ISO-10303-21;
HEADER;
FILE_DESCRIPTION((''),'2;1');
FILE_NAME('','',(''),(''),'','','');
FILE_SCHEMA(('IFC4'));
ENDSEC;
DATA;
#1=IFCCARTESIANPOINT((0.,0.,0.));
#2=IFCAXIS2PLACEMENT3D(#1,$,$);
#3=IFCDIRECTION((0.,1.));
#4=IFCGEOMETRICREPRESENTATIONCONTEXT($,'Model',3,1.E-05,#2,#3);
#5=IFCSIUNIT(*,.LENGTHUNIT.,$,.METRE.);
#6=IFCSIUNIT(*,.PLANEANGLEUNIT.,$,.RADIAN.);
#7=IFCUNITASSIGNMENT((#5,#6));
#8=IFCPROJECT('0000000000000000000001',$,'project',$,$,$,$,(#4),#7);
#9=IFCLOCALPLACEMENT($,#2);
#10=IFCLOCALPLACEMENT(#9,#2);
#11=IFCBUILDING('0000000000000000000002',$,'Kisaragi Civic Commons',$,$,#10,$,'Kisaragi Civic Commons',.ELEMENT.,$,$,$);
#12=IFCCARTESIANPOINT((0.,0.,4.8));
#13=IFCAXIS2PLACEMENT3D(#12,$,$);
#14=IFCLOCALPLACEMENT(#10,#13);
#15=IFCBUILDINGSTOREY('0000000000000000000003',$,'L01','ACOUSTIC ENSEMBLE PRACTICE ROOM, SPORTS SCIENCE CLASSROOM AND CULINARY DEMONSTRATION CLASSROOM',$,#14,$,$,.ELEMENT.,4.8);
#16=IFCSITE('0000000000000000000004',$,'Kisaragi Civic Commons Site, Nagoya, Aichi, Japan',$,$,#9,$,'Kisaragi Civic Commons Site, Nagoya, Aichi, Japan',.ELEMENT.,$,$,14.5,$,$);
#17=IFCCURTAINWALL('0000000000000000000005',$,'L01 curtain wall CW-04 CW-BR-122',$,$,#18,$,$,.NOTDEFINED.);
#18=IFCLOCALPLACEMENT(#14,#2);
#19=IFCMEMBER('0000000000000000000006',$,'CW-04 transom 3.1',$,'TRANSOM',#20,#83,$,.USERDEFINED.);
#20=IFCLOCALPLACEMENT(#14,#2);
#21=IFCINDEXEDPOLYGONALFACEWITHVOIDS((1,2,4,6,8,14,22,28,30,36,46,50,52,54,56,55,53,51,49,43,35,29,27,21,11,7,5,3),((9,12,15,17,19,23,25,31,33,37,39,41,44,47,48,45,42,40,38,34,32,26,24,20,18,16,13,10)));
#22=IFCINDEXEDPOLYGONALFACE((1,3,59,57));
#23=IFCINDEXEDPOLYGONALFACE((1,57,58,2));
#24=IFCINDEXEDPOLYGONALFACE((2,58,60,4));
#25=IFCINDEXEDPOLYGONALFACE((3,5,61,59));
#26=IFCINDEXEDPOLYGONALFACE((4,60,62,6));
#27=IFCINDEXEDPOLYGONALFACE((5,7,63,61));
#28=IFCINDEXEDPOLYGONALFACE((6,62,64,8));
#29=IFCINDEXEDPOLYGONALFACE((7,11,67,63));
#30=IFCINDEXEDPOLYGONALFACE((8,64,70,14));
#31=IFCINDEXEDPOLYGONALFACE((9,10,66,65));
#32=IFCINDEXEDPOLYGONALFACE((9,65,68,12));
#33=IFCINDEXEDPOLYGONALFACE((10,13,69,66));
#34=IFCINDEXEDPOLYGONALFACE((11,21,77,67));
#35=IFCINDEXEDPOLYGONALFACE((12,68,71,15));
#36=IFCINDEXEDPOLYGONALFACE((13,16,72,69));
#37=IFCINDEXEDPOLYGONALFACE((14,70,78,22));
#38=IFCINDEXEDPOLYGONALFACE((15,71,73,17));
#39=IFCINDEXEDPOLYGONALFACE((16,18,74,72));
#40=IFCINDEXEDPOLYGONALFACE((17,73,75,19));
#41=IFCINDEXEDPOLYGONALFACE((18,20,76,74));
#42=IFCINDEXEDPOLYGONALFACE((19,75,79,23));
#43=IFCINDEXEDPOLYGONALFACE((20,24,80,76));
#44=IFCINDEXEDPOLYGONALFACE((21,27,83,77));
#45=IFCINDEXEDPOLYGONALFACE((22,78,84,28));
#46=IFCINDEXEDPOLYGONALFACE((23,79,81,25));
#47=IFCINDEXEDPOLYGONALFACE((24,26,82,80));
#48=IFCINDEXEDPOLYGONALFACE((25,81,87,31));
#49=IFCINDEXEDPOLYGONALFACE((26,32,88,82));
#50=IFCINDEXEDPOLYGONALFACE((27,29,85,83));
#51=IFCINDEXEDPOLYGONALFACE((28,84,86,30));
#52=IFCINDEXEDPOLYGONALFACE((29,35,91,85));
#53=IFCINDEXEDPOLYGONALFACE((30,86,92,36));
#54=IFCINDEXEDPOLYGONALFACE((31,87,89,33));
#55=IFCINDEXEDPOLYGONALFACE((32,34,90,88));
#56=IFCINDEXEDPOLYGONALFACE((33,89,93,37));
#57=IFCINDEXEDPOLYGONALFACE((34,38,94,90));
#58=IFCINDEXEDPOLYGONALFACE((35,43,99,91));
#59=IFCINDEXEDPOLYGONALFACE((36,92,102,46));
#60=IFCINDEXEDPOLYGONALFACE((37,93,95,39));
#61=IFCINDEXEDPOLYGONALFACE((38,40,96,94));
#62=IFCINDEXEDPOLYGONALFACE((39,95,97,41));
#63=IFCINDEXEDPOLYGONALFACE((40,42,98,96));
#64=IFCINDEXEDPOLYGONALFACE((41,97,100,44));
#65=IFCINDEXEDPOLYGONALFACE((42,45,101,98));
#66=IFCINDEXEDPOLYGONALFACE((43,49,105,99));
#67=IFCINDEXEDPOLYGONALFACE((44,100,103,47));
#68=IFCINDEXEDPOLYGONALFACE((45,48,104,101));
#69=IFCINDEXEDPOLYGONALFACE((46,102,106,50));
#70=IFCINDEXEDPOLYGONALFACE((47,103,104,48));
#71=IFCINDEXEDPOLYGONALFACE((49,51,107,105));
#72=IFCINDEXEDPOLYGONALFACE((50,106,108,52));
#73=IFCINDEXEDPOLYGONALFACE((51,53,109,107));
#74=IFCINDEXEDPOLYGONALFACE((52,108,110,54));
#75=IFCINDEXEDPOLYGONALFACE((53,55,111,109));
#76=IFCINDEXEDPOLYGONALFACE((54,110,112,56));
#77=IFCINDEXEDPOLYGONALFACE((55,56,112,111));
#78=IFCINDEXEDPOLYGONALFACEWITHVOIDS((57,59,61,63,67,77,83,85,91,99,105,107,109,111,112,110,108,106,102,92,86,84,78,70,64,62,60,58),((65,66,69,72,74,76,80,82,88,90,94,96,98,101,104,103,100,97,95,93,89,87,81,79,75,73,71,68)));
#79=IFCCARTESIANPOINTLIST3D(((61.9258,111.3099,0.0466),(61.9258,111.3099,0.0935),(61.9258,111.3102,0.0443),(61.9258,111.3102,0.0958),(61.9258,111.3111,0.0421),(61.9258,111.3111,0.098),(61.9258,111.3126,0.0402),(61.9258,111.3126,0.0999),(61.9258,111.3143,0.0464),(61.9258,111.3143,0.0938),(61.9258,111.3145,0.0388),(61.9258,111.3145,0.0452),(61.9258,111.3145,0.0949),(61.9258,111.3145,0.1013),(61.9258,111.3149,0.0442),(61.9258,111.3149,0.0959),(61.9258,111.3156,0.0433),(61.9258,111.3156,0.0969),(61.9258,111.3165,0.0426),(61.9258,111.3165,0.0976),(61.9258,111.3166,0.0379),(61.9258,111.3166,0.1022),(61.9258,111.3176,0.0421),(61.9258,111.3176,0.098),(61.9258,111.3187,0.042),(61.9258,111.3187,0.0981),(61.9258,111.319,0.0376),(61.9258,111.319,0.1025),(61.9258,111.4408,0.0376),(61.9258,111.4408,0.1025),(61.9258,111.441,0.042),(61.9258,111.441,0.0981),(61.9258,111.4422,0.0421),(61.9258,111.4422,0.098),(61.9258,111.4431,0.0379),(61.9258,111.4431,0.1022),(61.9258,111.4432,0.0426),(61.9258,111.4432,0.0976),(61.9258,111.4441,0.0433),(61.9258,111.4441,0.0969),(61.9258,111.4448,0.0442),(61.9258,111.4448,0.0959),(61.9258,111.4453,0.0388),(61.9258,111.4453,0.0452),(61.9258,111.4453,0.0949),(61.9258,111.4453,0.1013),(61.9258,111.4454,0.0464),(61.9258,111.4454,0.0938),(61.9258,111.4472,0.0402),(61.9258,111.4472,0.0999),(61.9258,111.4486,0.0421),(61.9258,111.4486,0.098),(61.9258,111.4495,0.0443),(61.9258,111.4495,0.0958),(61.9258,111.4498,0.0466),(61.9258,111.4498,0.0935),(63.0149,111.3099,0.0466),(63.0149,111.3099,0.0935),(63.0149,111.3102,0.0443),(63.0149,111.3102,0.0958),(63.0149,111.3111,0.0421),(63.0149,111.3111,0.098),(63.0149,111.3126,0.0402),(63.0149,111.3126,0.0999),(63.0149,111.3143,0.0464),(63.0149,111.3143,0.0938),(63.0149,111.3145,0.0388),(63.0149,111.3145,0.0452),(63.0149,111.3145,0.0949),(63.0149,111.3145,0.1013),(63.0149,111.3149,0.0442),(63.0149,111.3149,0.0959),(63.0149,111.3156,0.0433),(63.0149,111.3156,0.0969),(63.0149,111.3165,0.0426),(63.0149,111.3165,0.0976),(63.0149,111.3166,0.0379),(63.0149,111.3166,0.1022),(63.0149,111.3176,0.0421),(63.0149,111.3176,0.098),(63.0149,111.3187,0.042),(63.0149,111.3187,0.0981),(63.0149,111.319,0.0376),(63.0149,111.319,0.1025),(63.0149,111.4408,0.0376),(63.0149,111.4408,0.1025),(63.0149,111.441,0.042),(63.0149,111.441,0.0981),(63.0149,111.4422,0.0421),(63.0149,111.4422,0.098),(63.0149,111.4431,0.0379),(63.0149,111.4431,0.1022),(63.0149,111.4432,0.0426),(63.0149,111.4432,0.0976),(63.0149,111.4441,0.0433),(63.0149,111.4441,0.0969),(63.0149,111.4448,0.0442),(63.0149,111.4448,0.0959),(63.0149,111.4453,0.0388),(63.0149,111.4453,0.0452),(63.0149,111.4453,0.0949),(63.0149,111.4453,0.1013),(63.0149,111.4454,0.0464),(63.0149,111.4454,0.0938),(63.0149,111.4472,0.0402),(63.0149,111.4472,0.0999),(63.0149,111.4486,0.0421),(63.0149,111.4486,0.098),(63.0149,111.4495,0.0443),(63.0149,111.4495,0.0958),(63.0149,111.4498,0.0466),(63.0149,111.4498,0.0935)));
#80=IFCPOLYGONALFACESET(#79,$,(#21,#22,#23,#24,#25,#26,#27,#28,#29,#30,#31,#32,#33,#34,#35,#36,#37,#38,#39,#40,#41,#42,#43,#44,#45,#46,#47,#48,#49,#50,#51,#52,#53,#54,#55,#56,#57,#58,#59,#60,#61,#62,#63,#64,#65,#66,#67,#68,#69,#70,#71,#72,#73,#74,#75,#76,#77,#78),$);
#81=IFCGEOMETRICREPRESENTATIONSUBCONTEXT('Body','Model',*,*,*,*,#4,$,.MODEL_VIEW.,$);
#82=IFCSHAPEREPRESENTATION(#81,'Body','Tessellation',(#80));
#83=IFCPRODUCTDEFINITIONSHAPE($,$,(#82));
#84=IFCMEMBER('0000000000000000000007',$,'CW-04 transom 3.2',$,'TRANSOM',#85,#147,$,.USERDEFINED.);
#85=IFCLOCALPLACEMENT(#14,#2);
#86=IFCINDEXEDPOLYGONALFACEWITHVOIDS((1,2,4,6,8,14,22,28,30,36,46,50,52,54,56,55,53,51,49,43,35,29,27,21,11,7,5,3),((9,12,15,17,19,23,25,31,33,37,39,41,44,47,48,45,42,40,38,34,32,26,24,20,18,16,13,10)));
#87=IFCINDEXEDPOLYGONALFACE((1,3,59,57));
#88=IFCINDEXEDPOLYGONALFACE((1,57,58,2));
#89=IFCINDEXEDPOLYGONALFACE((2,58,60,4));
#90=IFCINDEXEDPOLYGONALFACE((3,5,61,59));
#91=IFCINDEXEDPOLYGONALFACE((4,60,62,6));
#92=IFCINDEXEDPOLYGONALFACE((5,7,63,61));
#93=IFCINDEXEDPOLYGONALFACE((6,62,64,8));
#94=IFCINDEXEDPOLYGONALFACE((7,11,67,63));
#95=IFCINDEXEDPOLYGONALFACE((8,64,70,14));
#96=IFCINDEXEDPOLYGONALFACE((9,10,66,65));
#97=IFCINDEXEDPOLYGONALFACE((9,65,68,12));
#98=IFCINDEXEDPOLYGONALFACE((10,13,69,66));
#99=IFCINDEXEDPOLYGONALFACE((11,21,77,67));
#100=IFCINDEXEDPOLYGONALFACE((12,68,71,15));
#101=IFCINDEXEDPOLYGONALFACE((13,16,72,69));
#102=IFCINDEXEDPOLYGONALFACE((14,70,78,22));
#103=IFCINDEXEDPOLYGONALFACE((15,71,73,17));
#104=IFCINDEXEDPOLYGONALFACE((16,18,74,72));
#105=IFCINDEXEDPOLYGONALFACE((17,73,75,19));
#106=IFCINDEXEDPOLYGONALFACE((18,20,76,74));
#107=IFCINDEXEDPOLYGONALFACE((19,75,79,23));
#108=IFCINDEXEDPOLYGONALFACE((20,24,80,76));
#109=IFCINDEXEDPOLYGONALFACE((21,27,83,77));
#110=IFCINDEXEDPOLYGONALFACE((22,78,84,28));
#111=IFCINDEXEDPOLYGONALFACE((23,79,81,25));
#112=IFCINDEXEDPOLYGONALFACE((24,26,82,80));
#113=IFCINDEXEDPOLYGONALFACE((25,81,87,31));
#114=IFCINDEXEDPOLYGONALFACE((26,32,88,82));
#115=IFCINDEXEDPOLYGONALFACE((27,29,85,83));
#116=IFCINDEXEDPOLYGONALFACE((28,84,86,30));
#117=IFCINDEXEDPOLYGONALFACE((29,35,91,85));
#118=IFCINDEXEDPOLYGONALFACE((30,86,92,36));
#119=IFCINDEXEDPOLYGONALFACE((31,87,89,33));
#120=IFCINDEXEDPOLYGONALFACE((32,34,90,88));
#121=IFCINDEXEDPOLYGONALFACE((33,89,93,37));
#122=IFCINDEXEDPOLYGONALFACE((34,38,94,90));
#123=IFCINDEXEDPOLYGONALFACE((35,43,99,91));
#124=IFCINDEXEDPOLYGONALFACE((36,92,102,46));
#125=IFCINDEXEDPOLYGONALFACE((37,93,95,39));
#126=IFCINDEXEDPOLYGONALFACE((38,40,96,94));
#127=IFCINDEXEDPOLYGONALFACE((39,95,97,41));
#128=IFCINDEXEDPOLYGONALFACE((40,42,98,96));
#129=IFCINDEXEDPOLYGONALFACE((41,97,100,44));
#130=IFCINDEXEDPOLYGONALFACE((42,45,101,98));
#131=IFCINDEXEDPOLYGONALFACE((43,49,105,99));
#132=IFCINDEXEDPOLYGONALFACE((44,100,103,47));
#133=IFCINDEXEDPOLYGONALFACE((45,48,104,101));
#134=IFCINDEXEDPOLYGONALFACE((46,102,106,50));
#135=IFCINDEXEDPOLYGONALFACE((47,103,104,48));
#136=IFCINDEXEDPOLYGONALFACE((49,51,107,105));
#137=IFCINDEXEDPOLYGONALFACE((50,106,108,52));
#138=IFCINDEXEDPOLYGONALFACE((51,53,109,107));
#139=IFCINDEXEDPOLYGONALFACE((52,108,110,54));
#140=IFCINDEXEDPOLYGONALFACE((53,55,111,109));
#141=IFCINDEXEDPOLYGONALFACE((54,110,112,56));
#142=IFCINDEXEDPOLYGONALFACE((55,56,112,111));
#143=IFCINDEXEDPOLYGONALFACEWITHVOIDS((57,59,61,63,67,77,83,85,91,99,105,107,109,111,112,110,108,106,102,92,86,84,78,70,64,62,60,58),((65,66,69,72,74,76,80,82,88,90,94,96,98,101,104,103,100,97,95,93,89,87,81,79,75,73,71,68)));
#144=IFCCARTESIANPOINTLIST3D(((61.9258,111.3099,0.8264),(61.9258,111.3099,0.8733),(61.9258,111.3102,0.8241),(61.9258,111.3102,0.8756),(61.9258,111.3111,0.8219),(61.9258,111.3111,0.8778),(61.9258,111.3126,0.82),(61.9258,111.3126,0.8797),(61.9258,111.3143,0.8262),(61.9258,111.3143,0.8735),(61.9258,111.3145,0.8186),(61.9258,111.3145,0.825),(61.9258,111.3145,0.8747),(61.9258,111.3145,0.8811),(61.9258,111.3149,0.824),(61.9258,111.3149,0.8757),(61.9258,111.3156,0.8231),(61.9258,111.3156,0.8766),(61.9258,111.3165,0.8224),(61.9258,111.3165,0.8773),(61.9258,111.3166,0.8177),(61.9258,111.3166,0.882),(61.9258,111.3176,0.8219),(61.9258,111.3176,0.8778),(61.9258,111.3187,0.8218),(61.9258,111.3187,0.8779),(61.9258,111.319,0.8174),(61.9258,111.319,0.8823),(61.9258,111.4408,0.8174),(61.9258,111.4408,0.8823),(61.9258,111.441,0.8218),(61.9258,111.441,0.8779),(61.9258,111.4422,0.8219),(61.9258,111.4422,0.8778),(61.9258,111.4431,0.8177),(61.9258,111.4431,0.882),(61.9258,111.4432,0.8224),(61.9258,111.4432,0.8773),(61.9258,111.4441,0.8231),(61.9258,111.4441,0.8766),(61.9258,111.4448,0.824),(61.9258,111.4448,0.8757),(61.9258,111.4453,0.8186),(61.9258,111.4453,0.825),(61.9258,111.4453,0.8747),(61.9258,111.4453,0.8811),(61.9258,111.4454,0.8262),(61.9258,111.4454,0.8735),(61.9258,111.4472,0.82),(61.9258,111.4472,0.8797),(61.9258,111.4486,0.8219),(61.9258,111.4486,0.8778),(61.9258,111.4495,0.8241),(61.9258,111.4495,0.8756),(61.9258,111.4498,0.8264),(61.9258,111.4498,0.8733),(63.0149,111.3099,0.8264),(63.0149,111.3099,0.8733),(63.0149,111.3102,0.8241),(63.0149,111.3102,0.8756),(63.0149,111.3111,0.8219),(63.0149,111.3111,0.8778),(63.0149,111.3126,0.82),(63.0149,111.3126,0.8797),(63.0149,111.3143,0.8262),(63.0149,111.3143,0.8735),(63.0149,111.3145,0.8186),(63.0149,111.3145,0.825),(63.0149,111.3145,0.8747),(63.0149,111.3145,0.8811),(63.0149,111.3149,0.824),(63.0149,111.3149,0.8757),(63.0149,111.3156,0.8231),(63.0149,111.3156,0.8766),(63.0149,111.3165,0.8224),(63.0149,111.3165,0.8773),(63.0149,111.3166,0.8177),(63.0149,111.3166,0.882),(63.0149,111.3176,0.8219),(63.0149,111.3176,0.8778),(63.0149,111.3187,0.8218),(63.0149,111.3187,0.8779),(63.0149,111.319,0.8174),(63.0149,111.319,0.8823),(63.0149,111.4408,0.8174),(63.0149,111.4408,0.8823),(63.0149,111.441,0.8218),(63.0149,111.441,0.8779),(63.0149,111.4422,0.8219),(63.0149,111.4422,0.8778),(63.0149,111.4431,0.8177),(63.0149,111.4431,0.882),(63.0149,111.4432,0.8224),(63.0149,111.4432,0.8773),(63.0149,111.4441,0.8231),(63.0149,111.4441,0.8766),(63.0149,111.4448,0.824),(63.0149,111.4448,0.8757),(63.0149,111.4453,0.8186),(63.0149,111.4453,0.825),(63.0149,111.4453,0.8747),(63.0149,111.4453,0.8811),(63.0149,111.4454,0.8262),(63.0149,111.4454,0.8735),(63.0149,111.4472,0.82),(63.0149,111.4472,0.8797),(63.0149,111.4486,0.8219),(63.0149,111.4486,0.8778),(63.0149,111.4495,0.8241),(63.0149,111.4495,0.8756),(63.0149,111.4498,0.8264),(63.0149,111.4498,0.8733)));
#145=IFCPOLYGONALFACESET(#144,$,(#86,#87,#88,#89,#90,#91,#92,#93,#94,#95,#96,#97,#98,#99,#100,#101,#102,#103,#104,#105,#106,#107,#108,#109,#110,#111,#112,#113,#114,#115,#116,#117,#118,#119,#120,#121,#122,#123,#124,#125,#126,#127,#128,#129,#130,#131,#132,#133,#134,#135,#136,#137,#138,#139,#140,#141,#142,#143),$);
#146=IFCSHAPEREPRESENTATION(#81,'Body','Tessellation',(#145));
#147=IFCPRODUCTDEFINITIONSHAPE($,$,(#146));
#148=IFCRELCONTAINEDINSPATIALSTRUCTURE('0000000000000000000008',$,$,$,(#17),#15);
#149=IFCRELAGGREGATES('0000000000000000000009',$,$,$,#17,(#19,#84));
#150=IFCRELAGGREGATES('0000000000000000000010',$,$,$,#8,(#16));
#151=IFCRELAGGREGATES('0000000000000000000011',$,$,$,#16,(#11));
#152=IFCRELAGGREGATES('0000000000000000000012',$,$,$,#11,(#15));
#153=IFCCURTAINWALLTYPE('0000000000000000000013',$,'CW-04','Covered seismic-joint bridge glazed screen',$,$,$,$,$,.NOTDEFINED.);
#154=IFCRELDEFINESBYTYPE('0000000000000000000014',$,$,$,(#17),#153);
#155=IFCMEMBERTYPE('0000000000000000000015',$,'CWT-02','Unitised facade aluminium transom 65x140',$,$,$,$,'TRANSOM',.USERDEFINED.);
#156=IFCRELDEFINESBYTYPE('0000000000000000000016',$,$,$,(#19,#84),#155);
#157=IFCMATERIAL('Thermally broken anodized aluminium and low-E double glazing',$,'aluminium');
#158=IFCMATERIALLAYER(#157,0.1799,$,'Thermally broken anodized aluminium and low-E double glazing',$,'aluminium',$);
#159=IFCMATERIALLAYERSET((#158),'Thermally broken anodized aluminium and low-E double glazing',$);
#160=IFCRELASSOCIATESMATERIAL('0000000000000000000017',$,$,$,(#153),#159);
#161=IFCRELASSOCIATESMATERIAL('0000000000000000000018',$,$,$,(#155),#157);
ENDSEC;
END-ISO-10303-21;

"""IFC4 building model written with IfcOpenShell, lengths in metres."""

from ifc_helpers import new_model, si_unit, direction, frame, origin, origin_2d, place, context, subcontext, project, spatial, hollow_rectangle, extrude, material, layer, layer_set, material_profile, profile_set, type_object, element, aggregate, save


model = new_model("IFC4")

# Units and contexts
model_context = context("Model", 3, precision=1e-05, world=origin(), true_north=direction((0.0, 1.0)))
body_context = subcontext(model_context, "Body", "Model", "MODEL_VIEW")
ifc_project = project(units=[si_unit("LENGTHUNIT", "METRE"), si_unit("PLANEANGLEUNIT", "RADIAN")], contexts=[model_context])

# Site, building, storey
site_placement = place(None, origin())
site = spatial("IfcSite", under=ifc_project, at=site_placement, Name="Kisaragi Civic Commons Site, Nagoya, Aichi, Japan", LongName="Kisaragi Civic Commons Site, Nagoya, Aichi, Japan", CompositionType="ELEMENT", RefElevation=14.5)
building_placement = place(site_placement, origin())
building = spatial("IfcBuilding", under=site, at=building_placement, Name="Kisaragi Civic Commons", LongName="Kisaragi Civic Commons", CompositionType="ELEMENT")
storey_placement = place(building_placement, frame((0.0, 0.0, 4.8)))
storey = spatial("IfcBuildingStorey", under=building, at=storey_placement, Name="L01", Description="ACOUSTIC ENSEMBLE PRACTICE ROOM, SPORTS SCIENCE CLASSROOM AND CULINARY DEMONSTRATION CLASSROOM", CompositionType="ELEMENT", Elevation=4.8)

# Curtain wall
ifc_material_1 = material(Name="Thermally broken anodized aluminium and low-E double glazing", Category="aluminium")
ifc_layer_1 = layer(ifc_material_1, 0.1799, Name="Thermally broken anodized aluminium and low-E double glazing", Category="aluminium")
ifc_layer_set_1 = layer_set([ifc_layer_1], Name="Thermally broken anodized aluminium and low-E double glazing")
curtain_wall_type = type_object("IfcCurtainWallType", Name="CW-04", Description="Covered seismic-joint bridge glazed screen", PredefinedType="NOTDEFINED", material=ifc_layer_set_1)
curtain_wall_1_placement = place(storey_placement, origin())
curtain_wall_1 = element("IfcCurtainWall", 1, at=curtain_wall_1_placement, inside=storey, type_object=curtain_wall_type, Name="L01 curtain wall CW-04 CW-BR-122", PredefinedType="NOTDEFINED")

# Members
ifc_material_profile_1 = material_profile(ifc_material_1, hollow_rectangle(XDim=0.1399, YDim=0.0649, WallThickness=0.0044, InnerFilletRadius=0.0044, OuterFilletRadius=0.009, at=origin_2d()), Name="CWT-65x140x4.5", Category="aluminium")
ifc_profile_set_1 = profile_set([ifc_material_profile_1], Name="Thermally broken anodized aluminium and low-E double glazing")
member_type_1 = type_object("IfcMemberType", Name="CWT-02", Description="Unitised facade aluminium transom 65x140", ElementType="TRANSOM", PredefinedType="USERDEFINED", material=ifc_profile_set_1)
member_1_placement = place(storey_placement, frame((61.9258, 111.3799, 0.0701), z_axis=(1.0, 0.0, 0.0), x_axis=(0.0, 1.0, 0.0)))
member_1 = element("IfcMember", 2, at=member_1_placement, type_object=member_type_1, Name="CW-04 transom 3.1", ObjectType="TRANSOM", PredefinedType="USERDEFINED", context=body_context, shape_type="SweptSolid", body=[
    extrude(hollow_rectangle(XDim=0.1399, YDim=0.0649, WallThickness=0.0044, InnerFilletRadius=0.0044, OuterFilletRadius=0.009, at=origin_2d()), origin(), (0.0, 0.0, 1.0), 1.0891),
])
member_2_placement = place(storey_placement, frame((61.9258, 111.3799, 0.8499), z_axis=(1.0, 0.0, 0.0), x_axis=(0.0, 1.0, 0.0)))
member_2 = element("IfcMember", 3, at=member_2_placement, type_object=member_type_1, Name="CW-04 transom 3.2", ObjectType="TRANSOM", PredefinedType="USERDEFINED", context=body_context, shape_type="SweptSolid", body=[
    extrude(hollow_rectangle(XDim=0.1399, YDim=0.0649, WallThickness=0.0044, InnerFilletRadius=0.0044, OuterFilletRadius=0.009, at=origin_2d()), origin(), (0.0, 0.0, 1.0), 1.0891),
])

aggregate(curtain_wall_1, [member_1, member_2])

save(model, "model.ifc")
